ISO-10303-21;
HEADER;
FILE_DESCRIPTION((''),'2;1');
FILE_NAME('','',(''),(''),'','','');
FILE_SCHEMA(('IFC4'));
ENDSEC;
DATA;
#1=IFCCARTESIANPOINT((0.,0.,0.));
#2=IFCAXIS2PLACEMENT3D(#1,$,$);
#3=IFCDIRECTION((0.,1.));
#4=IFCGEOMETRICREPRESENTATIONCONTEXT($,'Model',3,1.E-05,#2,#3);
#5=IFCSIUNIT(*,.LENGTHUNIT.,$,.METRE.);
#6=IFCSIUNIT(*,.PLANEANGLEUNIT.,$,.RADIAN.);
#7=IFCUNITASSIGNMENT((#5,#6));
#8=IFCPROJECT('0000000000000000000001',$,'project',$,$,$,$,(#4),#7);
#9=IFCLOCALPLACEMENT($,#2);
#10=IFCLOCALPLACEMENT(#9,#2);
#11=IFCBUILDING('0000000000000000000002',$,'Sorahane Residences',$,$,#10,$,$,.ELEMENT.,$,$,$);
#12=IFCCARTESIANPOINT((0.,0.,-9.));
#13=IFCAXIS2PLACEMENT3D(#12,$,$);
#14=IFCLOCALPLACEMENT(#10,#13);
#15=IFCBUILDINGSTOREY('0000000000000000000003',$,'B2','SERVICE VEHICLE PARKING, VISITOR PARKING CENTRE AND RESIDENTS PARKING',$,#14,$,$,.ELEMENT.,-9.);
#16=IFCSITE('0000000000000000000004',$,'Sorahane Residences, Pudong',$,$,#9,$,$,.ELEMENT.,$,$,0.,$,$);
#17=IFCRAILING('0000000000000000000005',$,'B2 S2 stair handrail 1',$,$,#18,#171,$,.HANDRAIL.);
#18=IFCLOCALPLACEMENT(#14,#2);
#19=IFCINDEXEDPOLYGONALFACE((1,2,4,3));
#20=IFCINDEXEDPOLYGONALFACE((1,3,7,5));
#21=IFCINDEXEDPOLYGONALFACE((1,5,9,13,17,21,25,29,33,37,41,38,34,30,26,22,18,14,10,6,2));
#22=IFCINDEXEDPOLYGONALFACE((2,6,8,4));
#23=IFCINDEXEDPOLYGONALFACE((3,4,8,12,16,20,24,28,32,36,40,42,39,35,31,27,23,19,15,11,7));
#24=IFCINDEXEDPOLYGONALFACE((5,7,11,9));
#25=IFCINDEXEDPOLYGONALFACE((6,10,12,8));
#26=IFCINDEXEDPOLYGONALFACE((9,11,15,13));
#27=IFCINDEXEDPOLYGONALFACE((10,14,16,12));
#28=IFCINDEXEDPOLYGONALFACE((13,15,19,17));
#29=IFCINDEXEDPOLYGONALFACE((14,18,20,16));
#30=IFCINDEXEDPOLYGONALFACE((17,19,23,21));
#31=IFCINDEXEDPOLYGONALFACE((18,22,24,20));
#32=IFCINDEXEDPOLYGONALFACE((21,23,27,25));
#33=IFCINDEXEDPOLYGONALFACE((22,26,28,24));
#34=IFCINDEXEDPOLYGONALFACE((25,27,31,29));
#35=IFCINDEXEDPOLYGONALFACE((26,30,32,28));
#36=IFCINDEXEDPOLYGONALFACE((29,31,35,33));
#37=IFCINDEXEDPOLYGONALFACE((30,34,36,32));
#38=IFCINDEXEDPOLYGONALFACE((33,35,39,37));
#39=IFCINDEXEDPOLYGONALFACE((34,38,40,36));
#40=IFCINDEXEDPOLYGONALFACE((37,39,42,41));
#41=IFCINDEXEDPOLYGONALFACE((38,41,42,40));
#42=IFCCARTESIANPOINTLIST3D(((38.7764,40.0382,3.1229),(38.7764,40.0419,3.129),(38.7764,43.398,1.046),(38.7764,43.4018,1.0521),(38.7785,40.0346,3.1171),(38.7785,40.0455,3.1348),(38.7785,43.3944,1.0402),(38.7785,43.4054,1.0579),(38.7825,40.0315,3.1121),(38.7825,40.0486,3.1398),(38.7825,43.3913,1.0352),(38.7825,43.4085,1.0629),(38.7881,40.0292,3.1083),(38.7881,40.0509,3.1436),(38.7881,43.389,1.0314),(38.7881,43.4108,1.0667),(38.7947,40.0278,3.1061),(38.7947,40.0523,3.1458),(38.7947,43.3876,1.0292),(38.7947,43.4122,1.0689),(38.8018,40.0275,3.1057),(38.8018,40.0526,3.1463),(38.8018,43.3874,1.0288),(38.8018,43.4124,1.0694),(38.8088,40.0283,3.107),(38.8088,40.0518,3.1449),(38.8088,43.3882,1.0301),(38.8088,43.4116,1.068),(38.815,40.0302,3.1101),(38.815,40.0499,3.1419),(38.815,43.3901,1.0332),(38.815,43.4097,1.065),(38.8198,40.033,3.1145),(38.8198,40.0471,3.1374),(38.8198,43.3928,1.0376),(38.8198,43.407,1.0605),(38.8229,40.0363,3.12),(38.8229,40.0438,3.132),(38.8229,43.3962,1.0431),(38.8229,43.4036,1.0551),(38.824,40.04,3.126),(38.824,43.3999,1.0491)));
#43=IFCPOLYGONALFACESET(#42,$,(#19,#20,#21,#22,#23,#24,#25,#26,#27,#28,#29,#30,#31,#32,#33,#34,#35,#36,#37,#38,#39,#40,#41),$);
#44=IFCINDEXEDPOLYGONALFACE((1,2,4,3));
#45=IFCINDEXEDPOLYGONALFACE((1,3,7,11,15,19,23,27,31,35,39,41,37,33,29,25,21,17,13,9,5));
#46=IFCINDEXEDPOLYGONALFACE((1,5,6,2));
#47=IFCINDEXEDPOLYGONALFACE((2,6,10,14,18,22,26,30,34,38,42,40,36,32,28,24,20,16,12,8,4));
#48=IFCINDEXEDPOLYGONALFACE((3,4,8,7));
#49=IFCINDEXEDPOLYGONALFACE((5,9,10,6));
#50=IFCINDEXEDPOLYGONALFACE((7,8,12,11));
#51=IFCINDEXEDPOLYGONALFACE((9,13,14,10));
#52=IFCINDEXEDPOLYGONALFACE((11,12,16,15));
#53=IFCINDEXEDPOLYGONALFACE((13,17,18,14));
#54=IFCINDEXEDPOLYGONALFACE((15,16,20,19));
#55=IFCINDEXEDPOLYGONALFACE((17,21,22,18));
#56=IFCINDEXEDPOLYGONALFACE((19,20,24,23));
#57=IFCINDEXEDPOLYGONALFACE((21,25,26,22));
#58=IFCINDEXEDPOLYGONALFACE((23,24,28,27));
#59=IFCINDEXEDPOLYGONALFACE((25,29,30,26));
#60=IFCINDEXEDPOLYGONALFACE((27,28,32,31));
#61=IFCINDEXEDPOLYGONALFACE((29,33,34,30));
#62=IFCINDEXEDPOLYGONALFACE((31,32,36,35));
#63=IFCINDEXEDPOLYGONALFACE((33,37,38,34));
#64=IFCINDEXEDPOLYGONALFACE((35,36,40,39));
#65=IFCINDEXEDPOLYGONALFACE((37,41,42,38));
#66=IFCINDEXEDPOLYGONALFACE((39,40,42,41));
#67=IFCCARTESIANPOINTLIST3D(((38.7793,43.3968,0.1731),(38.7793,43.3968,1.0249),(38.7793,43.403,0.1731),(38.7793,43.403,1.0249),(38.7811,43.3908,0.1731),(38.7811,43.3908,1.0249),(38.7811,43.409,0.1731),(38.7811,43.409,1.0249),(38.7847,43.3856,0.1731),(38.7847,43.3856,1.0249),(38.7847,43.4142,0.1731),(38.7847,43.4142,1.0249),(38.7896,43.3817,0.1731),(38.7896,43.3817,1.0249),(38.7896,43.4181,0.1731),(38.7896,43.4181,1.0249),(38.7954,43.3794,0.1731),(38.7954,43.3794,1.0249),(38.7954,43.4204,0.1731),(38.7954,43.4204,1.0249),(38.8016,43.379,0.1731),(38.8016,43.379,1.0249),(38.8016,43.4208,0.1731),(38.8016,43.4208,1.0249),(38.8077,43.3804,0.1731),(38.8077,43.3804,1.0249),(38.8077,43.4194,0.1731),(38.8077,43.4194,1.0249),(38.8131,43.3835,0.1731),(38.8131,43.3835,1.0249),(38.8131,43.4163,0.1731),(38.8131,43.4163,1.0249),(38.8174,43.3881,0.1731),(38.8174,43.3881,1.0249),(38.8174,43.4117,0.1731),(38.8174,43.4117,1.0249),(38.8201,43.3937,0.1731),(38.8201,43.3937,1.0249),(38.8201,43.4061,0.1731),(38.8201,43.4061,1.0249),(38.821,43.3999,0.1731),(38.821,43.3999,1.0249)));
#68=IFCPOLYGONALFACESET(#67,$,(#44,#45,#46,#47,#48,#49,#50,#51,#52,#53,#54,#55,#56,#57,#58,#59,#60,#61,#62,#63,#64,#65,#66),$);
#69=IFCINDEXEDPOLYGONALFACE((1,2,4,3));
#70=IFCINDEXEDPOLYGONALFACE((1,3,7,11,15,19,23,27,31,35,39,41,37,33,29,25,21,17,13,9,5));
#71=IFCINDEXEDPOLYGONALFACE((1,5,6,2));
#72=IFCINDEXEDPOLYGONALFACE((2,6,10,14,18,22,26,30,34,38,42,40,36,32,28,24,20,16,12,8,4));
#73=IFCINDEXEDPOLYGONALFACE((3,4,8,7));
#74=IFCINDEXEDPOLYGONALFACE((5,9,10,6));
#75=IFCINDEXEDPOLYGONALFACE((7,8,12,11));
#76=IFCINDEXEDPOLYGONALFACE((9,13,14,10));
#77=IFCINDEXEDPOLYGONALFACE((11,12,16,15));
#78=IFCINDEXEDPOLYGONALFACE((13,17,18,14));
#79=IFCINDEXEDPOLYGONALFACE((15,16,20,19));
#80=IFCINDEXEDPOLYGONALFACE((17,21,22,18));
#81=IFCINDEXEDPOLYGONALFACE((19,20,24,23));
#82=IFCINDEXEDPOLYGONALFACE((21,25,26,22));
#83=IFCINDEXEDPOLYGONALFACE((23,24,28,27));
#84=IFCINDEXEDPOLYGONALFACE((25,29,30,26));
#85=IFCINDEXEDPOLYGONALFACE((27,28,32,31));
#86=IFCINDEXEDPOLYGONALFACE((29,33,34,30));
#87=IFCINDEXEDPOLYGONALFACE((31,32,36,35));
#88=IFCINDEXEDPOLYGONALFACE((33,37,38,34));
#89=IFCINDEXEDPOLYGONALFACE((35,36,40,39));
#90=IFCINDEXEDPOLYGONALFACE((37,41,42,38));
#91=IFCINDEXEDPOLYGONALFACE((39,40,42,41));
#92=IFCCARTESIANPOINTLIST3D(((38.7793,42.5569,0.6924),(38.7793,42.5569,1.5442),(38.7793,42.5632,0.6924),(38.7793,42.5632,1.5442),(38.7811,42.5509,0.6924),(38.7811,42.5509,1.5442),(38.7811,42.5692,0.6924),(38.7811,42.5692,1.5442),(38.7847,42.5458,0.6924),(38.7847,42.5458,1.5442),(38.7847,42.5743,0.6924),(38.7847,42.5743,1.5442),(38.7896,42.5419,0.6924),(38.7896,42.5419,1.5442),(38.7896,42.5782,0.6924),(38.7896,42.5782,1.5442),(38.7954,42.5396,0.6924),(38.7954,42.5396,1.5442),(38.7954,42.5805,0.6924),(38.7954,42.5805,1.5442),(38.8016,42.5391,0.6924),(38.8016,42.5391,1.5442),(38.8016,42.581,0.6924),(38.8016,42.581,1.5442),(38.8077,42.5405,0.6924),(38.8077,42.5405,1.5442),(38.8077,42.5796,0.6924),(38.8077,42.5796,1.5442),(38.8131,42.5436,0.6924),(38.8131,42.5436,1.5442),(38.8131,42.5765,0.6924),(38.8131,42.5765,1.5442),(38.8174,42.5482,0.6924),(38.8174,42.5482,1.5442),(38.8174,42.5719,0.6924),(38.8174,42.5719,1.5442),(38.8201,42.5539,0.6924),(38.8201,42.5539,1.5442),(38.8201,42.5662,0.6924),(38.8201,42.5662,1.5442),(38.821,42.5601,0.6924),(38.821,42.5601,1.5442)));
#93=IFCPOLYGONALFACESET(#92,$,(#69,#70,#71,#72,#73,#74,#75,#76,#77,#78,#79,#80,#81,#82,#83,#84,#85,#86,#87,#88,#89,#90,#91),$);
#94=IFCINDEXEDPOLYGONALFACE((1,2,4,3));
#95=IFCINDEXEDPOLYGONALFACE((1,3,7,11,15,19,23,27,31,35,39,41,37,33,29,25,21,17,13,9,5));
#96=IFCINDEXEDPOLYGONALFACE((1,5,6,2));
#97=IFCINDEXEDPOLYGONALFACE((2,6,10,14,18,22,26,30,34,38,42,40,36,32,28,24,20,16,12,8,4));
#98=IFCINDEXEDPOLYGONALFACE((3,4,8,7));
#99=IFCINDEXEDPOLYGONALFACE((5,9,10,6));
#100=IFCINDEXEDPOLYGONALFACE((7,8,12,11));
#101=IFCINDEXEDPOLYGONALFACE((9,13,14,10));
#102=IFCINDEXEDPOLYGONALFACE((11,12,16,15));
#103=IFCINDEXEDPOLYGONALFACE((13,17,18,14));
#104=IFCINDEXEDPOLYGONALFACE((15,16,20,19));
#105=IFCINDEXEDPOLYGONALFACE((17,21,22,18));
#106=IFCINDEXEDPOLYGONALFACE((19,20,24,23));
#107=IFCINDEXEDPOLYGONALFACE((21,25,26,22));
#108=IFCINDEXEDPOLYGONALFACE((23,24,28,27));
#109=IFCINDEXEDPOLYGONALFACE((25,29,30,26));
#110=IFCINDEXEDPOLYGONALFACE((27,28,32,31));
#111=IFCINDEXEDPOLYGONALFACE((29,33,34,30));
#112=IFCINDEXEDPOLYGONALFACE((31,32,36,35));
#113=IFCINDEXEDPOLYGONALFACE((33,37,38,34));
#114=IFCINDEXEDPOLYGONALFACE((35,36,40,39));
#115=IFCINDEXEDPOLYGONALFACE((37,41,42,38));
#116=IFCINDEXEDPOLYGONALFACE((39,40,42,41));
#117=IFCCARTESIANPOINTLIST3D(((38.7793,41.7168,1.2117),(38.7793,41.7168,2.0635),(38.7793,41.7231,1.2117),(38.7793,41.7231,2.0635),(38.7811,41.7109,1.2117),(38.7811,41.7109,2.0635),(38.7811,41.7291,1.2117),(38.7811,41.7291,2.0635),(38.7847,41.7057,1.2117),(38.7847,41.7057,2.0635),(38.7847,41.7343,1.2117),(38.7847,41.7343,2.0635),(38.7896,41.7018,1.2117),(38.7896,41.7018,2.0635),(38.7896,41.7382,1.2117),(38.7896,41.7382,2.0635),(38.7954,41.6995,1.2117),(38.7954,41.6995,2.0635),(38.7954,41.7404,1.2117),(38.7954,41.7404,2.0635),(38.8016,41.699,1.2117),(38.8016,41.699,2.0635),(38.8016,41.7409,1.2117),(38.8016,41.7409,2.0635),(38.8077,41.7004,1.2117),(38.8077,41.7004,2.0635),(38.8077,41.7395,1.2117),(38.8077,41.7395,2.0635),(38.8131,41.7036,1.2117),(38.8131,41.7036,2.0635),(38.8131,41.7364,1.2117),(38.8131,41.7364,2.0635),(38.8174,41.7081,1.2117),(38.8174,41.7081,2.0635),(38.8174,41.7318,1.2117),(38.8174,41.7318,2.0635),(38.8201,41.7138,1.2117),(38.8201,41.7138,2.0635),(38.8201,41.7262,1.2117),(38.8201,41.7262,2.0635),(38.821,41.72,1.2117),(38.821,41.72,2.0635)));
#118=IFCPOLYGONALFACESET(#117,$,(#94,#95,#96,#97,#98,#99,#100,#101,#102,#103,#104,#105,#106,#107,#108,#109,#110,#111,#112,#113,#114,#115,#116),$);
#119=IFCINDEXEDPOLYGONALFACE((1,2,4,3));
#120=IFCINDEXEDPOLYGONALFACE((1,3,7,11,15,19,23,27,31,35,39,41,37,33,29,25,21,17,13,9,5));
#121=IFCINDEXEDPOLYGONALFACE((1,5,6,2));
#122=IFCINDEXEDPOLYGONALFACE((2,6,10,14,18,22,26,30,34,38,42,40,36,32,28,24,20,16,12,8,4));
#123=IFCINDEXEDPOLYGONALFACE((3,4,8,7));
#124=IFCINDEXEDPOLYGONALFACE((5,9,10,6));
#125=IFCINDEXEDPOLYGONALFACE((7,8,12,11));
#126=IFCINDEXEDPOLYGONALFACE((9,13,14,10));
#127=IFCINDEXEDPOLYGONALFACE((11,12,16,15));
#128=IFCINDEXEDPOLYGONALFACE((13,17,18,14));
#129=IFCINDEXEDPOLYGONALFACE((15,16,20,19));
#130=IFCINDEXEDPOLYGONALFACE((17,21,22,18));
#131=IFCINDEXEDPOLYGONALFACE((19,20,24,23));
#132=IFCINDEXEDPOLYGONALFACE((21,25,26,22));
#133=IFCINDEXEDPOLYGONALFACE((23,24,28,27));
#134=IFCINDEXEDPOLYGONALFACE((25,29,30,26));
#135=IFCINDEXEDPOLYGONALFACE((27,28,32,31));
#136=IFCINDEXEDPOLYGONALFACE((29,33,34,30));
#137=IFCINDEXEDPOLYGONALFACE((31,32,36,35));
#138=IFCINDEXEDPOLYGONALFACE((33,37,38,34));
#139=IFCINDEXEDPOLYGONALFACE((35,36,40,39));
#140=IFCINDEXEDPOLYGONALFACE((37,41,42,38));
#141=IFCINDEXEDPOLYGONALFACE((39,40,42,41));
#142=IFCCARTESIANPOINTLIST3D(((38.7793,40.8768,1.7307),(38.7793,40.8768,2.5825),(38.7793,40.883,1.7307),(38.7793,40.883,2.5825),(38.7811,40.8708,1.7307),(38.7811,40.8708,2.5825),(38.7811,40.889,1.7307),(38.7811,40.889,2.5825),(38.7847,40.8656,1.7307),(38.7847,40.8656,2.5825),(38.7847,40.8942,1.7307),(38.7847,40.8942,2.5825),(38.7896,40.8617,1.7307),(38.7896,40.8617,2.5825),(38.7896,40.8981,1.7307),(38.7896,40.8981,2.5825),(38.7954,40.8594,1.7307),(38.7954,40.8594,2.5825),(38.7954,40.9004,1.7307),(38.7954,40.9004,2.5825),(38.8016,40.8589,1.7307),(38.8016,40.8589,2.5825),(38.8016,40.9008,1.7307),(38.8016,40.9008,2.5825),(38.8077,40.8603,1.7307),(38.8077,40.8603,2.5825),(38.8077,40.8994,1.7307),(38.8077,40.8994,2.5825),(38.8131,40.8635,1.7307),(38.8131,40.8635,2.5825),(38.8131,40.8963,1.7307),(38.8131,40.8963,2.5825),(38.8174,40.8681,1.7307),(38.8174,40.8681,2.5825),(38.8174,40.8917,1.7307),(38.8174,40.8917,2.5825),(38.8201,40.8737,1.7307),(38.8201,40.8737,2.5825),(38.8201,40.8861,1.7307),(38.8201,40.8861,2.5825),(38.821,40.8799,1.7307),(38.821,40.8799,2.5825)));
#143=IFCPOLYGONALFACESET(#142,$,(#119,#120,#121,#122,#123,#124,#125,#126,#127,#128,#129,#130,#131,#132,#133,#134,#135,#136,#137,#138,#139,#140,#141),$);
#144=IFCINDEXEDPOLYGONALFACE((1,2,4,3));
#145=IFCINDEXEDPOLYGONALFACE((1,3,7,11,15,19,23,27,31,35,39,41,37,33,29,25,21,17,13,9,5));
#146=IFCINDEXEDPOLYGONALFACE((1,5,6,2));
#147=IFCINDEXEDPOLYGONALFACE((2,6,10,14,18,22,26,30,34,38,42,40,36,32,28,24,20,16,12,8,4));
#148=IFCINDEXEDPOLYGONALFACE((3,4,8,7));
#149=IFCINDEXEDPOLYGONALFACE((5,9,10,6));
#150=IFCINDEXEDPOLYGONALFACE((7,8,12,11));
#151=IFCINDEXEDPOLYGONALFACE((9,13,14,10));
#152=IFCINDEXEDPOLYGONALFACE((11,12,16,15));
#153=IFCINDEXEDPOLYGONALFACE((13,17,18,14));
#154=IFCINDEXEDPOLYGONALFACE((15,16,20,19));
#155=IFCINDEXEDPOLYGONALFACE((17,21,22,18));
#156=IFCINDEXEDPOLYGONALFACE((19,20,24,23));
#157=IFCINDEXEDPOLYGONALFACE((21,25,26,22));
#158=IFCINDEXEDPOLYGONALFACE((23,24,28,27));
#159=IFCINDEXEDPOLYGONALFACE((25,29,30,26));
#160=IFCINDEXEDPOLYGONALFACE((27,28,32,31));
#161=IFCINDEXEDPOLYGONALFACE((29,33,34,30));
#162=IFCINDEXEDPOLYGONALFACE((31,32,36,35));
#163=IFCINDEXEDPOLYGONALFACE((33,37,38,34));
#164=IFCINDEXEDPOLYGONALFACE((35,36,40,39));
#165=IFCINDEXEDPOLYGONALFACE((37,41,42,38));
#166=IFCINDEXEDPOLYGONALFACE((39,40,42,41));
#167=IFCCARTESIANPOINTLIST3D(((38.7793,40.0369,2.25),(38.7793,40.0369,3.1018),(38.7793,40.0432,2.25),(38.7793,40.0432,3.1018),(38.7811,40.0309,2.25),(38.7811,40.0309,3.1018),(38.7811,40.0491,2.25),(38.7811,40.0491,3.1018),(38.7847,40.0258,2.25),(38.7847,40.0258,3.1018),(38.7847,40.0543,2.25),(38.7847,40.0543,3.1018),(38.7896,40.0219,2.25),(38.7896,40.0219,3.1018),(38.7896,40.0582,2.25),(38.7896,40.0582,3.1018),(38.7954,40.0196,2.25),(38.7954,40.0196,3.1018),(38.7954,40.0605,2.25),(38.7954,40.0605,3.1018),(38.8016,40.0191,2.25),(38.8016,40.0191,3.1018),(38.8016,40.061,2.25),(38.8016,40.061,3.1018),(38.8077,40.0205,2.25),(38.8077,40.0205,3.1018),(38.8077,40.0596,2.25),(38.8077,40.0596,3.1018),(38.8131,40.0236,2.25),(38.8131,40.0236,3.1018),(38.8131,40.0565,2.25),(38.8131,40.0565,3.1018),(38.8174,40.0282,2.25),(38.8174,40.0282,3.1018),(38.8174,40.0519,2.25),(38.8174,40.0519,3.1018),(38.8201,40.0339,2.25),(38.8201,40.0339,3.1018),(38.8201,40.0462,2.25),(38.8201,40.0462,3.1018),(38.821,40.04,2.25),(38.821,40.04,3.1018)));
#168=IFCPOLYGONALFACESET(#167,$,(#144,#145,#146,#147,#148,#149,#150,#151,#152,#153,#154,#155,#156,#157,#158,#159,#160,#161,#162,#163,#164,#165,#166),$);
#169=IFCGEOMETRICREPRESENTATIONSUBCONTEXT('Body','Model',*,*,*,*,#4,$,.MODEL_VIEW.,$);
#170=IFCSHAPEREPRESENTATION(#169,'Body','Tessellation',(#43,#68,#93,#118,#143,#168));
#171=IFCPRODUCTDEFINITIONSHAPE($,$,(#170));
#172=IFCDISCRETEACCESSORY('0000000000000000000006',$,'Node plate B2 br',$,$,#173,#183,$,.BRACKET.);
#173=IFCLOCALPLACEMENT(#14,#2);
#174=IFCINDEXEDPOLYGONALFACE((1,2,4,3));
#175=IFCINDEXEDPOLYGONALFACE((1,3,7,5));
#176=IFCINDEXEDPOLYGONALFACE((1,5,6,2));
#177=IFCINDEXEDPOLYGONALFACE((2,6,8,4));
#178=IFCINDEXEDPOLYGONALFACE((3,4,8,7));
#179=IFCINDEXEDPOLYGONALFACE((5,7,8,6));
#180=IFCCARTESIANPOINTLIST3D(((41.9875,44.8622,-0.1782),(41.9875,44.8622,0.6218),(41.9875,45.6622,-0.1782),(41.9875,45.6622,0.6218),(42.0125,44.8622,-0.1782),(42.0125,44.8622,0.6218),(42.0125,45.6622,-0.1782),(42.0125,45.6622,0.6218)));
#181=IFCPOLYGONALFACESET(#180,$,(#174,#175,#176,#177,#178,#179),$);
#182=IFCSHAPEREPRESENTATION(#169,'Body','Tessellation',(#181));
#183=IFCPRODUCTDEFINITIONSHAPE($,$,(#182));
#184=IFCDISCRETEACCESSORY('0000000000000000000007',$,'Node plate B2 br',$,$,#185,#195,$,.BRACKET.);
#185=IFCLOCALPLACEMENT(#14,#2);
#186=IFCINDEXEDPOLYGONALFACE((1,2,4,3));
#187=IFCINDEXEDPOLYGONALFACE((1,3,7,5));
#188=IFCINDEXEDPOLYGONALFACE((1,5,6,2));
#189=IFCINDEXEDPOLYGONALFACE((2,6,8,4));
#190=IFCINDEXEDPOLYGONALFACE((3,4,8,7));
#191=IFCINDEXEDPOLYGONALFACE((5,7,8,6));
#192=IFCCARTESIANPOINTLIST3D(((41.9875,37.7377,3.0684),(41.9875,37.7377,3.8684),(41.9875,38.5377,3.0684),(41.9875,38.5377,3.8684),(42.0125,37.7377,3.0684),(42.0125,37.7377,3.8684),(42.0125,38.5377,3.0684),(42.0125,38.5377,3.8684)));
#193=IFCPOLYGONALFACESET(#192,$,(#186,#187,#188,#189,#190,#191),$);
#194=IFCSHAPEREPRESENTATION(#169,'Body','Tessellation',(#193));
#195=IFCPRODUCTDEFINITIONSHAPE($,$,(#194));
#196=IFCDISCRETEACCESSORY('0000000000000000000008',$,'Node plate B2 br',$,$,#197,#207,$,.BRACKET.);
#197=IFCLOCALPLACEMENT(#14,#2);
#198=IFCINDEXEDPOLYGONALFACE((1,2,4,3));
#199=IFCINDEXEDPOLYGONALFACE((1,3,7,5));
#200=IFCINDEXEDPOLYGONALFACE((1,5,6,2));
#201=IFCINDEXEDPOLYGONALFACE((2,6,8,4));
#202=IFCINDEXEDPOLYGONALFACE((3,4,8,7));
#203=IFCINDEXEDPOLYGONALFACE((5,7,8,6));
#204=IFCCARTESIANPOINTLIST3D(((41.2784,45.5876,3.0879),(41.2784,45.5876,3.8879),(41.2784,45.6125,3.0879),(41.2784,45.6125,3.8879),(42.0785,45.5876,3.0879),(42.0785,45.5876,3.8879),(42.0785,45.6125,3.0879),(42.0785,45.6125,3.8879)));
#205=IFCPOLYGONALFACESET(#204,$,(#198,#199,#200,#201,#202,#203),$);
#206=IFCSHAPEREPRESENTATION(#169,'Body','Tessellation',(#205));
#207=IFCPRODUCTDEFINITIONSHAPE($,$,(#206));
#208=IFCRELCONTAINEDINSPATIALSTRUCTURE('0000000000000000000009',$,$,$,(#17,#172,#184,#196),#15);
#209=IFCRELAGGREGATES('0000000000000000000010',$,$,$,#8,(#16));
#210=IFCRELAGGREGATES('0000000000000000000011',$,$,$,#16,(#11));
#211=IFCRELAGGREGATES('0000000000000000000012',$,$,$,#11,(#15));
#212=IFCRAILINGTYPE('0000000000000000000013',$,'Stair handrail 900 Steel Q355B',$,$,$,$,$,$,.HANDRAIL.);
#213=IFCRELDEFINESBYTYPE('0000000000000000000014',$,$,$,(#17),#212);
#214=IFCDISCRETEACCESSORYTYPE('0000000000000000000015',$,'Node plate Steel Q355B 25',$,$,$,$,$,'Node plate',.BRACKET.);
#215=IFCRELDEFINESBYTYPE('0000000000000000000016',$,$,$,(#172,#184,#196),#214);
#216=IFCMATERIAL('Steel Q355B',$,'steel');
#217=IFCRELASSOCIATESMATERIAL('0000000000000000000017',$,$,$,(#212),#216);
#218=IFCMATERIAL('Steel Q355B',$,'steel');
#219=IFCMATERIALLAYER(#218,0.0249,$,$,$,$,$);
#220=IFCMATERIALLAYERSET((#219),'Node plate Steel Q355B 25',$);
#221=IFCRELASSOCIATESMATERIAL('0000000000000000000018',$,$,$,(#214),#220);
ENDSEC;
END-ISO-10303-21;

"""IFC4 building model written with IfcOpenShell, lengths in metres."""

from ifc_helpers import new_model, si_unit, direction, frame, origin, origin_2d, place, context, subcontext, project, spatial, rectangle, circle, extrude, material, layer, layer_set, type_object, element, save


model = new_model("IFC4")

# Units and contexts
model_context = context("Model", 3, precision=1e-05, world=origin(), true_north=direction((0.0, 1.0)))
body_context = subcontext(model_context, "Body", "Model", "MODEL_VIEW")
ifc_project = project(units=[si_unit("LENGTHUNIT", "METRE"), si_unit("PLANEANGLEUNIT", "RADIAN")], contexts=[model_context])

# Site, building, storey
site_placement = place(None, origin())
site = spatial("IfcSite", under=ifc_project, at=site_placement, Name="Sorahane Residences, Pudong", CompositionType="ELEMENT", RefElevation=0.0)
building_placement = place(site_placement, origin())
building = spatial("IfcBuilding", under=site, at=building_placement, Name="Sorahane Residences", CompositionType="ELEMENT")
storey_placement = place(building_placement, frame((0.0, 0.0, -9.0)))
storey = spatial("IfcBuildingStorey", under=building, at=storey_placement, Name="B2", Description="SERVICE VEHICLE PARKING, VISITOR PARKING CENTRE AND RESIDENTS PARKING", CompositionType="ELEMENT", Elevation=-9.0)

# Railing
ifc_material_1 = material(Name="Steel Q355B", Category="steel")
railing_type_1 = type_object("IfcRailingType", Name="Stair handrail 900 Steel Q355B", PredefinedType="HANDRAIL", material=ifc_material_1)
railing_1_placement = place(storey_placement, frame((38.8, 43.3999, 0.1731)))
element("IfcRailing", 1, at=railing_1_placement, inside=storey, type_object=railing_type_1, Name="B2 S2 stair handrail 1", PredefinedType="HANDRAIL", context=body_context, shape_type="SweptSolid", body=[
    extrude(circle(Radius=0.0239, at=origin_2d()), frame((0.0, 0.0, 0.876), z_axis=(0.0, -0.850606, 0.525803), x_axis=(1.0, 0.0, 0.0)), (0.0, 0.0, 1.0), 3.95),
    extrude(circle(Radius=0.021, at=origin_2d()), origin(), (0.0, 0.0, 1.0), 0.8518),
    extrude(circle(Radius=0.021, at=origin_2d()), frame((0.0, -0.8398, 0.5193)), (0.0, 0.0, 1.0), 0.8518),
    extrude(circle(Radius=0.021, at=origin_2d()), frame((0.0, -1.6799, 1.0386)), (0.0, 0.0, 1.0), 0.8518),
    extrude(circle(Radius=0.021, at=origin_2d()), frame((0.0, -2.52, 1.5576)), (0.0, 0.0, 1.0), 0.8518),
    extrude(circle(Radius=0.021, at=origin_2d()), frame((0.0, -3.3599, 2.0769)), (0.0, 0.0, 1.0), 0.8518),
])

# Discrete accessories
ifc_material_2 = material(Name="Steel Q355B", Category="steel")
ifc_layer_1 = layer(ifc_material_2, 0.0249)
ifc_layer_set_1 = layer_set([ifc_layer_1], Name="Node plate Steel Q355B 25")
discrete_accessory_type = type_object("IfcDiscreteAccessoryType", Name="Node plate Steel Q355B 25", ElementType="Node plate", PredefinedType="BRACKET", material=ifc_layer_set_1)
for number, where, z_axis, x_axis, name in (
    (2, (42.0, 45.2622, -0.1782), (0.0, 0.0, 1.0), (0.0, 1.0, 0.0), "Node plate B2 br"),
    (3, (42.0, 38.1377, 3.0684), (0.0, 0.0, 1.0), (0.0, 1.0, 0.0), "Node plate B2 br"),
    (4, (41.6785, 45.6001, 3.0879), (0.0, 0.0, 1.0), (1.0, 0.0, 0.0), "Node plate B2 br"),
):
    element("IfcDiscreteAccessory", number, at=place(storey_placement, frame(where, z_axis=z_axis, x_axis=x_axis)), inside=storey, type_object=discrete_accessory_type, Name=name, PredefinedType="BRACKET", context=body_context, shape_type="SweptSolid", body=[
        extrude(rectangle(XDim=0.8, YDim=0.0249, at=origin_2d()), origin(), (0.0, 0.0, 1.0), 0.8),
    ])

save(model, "model.ifc")
